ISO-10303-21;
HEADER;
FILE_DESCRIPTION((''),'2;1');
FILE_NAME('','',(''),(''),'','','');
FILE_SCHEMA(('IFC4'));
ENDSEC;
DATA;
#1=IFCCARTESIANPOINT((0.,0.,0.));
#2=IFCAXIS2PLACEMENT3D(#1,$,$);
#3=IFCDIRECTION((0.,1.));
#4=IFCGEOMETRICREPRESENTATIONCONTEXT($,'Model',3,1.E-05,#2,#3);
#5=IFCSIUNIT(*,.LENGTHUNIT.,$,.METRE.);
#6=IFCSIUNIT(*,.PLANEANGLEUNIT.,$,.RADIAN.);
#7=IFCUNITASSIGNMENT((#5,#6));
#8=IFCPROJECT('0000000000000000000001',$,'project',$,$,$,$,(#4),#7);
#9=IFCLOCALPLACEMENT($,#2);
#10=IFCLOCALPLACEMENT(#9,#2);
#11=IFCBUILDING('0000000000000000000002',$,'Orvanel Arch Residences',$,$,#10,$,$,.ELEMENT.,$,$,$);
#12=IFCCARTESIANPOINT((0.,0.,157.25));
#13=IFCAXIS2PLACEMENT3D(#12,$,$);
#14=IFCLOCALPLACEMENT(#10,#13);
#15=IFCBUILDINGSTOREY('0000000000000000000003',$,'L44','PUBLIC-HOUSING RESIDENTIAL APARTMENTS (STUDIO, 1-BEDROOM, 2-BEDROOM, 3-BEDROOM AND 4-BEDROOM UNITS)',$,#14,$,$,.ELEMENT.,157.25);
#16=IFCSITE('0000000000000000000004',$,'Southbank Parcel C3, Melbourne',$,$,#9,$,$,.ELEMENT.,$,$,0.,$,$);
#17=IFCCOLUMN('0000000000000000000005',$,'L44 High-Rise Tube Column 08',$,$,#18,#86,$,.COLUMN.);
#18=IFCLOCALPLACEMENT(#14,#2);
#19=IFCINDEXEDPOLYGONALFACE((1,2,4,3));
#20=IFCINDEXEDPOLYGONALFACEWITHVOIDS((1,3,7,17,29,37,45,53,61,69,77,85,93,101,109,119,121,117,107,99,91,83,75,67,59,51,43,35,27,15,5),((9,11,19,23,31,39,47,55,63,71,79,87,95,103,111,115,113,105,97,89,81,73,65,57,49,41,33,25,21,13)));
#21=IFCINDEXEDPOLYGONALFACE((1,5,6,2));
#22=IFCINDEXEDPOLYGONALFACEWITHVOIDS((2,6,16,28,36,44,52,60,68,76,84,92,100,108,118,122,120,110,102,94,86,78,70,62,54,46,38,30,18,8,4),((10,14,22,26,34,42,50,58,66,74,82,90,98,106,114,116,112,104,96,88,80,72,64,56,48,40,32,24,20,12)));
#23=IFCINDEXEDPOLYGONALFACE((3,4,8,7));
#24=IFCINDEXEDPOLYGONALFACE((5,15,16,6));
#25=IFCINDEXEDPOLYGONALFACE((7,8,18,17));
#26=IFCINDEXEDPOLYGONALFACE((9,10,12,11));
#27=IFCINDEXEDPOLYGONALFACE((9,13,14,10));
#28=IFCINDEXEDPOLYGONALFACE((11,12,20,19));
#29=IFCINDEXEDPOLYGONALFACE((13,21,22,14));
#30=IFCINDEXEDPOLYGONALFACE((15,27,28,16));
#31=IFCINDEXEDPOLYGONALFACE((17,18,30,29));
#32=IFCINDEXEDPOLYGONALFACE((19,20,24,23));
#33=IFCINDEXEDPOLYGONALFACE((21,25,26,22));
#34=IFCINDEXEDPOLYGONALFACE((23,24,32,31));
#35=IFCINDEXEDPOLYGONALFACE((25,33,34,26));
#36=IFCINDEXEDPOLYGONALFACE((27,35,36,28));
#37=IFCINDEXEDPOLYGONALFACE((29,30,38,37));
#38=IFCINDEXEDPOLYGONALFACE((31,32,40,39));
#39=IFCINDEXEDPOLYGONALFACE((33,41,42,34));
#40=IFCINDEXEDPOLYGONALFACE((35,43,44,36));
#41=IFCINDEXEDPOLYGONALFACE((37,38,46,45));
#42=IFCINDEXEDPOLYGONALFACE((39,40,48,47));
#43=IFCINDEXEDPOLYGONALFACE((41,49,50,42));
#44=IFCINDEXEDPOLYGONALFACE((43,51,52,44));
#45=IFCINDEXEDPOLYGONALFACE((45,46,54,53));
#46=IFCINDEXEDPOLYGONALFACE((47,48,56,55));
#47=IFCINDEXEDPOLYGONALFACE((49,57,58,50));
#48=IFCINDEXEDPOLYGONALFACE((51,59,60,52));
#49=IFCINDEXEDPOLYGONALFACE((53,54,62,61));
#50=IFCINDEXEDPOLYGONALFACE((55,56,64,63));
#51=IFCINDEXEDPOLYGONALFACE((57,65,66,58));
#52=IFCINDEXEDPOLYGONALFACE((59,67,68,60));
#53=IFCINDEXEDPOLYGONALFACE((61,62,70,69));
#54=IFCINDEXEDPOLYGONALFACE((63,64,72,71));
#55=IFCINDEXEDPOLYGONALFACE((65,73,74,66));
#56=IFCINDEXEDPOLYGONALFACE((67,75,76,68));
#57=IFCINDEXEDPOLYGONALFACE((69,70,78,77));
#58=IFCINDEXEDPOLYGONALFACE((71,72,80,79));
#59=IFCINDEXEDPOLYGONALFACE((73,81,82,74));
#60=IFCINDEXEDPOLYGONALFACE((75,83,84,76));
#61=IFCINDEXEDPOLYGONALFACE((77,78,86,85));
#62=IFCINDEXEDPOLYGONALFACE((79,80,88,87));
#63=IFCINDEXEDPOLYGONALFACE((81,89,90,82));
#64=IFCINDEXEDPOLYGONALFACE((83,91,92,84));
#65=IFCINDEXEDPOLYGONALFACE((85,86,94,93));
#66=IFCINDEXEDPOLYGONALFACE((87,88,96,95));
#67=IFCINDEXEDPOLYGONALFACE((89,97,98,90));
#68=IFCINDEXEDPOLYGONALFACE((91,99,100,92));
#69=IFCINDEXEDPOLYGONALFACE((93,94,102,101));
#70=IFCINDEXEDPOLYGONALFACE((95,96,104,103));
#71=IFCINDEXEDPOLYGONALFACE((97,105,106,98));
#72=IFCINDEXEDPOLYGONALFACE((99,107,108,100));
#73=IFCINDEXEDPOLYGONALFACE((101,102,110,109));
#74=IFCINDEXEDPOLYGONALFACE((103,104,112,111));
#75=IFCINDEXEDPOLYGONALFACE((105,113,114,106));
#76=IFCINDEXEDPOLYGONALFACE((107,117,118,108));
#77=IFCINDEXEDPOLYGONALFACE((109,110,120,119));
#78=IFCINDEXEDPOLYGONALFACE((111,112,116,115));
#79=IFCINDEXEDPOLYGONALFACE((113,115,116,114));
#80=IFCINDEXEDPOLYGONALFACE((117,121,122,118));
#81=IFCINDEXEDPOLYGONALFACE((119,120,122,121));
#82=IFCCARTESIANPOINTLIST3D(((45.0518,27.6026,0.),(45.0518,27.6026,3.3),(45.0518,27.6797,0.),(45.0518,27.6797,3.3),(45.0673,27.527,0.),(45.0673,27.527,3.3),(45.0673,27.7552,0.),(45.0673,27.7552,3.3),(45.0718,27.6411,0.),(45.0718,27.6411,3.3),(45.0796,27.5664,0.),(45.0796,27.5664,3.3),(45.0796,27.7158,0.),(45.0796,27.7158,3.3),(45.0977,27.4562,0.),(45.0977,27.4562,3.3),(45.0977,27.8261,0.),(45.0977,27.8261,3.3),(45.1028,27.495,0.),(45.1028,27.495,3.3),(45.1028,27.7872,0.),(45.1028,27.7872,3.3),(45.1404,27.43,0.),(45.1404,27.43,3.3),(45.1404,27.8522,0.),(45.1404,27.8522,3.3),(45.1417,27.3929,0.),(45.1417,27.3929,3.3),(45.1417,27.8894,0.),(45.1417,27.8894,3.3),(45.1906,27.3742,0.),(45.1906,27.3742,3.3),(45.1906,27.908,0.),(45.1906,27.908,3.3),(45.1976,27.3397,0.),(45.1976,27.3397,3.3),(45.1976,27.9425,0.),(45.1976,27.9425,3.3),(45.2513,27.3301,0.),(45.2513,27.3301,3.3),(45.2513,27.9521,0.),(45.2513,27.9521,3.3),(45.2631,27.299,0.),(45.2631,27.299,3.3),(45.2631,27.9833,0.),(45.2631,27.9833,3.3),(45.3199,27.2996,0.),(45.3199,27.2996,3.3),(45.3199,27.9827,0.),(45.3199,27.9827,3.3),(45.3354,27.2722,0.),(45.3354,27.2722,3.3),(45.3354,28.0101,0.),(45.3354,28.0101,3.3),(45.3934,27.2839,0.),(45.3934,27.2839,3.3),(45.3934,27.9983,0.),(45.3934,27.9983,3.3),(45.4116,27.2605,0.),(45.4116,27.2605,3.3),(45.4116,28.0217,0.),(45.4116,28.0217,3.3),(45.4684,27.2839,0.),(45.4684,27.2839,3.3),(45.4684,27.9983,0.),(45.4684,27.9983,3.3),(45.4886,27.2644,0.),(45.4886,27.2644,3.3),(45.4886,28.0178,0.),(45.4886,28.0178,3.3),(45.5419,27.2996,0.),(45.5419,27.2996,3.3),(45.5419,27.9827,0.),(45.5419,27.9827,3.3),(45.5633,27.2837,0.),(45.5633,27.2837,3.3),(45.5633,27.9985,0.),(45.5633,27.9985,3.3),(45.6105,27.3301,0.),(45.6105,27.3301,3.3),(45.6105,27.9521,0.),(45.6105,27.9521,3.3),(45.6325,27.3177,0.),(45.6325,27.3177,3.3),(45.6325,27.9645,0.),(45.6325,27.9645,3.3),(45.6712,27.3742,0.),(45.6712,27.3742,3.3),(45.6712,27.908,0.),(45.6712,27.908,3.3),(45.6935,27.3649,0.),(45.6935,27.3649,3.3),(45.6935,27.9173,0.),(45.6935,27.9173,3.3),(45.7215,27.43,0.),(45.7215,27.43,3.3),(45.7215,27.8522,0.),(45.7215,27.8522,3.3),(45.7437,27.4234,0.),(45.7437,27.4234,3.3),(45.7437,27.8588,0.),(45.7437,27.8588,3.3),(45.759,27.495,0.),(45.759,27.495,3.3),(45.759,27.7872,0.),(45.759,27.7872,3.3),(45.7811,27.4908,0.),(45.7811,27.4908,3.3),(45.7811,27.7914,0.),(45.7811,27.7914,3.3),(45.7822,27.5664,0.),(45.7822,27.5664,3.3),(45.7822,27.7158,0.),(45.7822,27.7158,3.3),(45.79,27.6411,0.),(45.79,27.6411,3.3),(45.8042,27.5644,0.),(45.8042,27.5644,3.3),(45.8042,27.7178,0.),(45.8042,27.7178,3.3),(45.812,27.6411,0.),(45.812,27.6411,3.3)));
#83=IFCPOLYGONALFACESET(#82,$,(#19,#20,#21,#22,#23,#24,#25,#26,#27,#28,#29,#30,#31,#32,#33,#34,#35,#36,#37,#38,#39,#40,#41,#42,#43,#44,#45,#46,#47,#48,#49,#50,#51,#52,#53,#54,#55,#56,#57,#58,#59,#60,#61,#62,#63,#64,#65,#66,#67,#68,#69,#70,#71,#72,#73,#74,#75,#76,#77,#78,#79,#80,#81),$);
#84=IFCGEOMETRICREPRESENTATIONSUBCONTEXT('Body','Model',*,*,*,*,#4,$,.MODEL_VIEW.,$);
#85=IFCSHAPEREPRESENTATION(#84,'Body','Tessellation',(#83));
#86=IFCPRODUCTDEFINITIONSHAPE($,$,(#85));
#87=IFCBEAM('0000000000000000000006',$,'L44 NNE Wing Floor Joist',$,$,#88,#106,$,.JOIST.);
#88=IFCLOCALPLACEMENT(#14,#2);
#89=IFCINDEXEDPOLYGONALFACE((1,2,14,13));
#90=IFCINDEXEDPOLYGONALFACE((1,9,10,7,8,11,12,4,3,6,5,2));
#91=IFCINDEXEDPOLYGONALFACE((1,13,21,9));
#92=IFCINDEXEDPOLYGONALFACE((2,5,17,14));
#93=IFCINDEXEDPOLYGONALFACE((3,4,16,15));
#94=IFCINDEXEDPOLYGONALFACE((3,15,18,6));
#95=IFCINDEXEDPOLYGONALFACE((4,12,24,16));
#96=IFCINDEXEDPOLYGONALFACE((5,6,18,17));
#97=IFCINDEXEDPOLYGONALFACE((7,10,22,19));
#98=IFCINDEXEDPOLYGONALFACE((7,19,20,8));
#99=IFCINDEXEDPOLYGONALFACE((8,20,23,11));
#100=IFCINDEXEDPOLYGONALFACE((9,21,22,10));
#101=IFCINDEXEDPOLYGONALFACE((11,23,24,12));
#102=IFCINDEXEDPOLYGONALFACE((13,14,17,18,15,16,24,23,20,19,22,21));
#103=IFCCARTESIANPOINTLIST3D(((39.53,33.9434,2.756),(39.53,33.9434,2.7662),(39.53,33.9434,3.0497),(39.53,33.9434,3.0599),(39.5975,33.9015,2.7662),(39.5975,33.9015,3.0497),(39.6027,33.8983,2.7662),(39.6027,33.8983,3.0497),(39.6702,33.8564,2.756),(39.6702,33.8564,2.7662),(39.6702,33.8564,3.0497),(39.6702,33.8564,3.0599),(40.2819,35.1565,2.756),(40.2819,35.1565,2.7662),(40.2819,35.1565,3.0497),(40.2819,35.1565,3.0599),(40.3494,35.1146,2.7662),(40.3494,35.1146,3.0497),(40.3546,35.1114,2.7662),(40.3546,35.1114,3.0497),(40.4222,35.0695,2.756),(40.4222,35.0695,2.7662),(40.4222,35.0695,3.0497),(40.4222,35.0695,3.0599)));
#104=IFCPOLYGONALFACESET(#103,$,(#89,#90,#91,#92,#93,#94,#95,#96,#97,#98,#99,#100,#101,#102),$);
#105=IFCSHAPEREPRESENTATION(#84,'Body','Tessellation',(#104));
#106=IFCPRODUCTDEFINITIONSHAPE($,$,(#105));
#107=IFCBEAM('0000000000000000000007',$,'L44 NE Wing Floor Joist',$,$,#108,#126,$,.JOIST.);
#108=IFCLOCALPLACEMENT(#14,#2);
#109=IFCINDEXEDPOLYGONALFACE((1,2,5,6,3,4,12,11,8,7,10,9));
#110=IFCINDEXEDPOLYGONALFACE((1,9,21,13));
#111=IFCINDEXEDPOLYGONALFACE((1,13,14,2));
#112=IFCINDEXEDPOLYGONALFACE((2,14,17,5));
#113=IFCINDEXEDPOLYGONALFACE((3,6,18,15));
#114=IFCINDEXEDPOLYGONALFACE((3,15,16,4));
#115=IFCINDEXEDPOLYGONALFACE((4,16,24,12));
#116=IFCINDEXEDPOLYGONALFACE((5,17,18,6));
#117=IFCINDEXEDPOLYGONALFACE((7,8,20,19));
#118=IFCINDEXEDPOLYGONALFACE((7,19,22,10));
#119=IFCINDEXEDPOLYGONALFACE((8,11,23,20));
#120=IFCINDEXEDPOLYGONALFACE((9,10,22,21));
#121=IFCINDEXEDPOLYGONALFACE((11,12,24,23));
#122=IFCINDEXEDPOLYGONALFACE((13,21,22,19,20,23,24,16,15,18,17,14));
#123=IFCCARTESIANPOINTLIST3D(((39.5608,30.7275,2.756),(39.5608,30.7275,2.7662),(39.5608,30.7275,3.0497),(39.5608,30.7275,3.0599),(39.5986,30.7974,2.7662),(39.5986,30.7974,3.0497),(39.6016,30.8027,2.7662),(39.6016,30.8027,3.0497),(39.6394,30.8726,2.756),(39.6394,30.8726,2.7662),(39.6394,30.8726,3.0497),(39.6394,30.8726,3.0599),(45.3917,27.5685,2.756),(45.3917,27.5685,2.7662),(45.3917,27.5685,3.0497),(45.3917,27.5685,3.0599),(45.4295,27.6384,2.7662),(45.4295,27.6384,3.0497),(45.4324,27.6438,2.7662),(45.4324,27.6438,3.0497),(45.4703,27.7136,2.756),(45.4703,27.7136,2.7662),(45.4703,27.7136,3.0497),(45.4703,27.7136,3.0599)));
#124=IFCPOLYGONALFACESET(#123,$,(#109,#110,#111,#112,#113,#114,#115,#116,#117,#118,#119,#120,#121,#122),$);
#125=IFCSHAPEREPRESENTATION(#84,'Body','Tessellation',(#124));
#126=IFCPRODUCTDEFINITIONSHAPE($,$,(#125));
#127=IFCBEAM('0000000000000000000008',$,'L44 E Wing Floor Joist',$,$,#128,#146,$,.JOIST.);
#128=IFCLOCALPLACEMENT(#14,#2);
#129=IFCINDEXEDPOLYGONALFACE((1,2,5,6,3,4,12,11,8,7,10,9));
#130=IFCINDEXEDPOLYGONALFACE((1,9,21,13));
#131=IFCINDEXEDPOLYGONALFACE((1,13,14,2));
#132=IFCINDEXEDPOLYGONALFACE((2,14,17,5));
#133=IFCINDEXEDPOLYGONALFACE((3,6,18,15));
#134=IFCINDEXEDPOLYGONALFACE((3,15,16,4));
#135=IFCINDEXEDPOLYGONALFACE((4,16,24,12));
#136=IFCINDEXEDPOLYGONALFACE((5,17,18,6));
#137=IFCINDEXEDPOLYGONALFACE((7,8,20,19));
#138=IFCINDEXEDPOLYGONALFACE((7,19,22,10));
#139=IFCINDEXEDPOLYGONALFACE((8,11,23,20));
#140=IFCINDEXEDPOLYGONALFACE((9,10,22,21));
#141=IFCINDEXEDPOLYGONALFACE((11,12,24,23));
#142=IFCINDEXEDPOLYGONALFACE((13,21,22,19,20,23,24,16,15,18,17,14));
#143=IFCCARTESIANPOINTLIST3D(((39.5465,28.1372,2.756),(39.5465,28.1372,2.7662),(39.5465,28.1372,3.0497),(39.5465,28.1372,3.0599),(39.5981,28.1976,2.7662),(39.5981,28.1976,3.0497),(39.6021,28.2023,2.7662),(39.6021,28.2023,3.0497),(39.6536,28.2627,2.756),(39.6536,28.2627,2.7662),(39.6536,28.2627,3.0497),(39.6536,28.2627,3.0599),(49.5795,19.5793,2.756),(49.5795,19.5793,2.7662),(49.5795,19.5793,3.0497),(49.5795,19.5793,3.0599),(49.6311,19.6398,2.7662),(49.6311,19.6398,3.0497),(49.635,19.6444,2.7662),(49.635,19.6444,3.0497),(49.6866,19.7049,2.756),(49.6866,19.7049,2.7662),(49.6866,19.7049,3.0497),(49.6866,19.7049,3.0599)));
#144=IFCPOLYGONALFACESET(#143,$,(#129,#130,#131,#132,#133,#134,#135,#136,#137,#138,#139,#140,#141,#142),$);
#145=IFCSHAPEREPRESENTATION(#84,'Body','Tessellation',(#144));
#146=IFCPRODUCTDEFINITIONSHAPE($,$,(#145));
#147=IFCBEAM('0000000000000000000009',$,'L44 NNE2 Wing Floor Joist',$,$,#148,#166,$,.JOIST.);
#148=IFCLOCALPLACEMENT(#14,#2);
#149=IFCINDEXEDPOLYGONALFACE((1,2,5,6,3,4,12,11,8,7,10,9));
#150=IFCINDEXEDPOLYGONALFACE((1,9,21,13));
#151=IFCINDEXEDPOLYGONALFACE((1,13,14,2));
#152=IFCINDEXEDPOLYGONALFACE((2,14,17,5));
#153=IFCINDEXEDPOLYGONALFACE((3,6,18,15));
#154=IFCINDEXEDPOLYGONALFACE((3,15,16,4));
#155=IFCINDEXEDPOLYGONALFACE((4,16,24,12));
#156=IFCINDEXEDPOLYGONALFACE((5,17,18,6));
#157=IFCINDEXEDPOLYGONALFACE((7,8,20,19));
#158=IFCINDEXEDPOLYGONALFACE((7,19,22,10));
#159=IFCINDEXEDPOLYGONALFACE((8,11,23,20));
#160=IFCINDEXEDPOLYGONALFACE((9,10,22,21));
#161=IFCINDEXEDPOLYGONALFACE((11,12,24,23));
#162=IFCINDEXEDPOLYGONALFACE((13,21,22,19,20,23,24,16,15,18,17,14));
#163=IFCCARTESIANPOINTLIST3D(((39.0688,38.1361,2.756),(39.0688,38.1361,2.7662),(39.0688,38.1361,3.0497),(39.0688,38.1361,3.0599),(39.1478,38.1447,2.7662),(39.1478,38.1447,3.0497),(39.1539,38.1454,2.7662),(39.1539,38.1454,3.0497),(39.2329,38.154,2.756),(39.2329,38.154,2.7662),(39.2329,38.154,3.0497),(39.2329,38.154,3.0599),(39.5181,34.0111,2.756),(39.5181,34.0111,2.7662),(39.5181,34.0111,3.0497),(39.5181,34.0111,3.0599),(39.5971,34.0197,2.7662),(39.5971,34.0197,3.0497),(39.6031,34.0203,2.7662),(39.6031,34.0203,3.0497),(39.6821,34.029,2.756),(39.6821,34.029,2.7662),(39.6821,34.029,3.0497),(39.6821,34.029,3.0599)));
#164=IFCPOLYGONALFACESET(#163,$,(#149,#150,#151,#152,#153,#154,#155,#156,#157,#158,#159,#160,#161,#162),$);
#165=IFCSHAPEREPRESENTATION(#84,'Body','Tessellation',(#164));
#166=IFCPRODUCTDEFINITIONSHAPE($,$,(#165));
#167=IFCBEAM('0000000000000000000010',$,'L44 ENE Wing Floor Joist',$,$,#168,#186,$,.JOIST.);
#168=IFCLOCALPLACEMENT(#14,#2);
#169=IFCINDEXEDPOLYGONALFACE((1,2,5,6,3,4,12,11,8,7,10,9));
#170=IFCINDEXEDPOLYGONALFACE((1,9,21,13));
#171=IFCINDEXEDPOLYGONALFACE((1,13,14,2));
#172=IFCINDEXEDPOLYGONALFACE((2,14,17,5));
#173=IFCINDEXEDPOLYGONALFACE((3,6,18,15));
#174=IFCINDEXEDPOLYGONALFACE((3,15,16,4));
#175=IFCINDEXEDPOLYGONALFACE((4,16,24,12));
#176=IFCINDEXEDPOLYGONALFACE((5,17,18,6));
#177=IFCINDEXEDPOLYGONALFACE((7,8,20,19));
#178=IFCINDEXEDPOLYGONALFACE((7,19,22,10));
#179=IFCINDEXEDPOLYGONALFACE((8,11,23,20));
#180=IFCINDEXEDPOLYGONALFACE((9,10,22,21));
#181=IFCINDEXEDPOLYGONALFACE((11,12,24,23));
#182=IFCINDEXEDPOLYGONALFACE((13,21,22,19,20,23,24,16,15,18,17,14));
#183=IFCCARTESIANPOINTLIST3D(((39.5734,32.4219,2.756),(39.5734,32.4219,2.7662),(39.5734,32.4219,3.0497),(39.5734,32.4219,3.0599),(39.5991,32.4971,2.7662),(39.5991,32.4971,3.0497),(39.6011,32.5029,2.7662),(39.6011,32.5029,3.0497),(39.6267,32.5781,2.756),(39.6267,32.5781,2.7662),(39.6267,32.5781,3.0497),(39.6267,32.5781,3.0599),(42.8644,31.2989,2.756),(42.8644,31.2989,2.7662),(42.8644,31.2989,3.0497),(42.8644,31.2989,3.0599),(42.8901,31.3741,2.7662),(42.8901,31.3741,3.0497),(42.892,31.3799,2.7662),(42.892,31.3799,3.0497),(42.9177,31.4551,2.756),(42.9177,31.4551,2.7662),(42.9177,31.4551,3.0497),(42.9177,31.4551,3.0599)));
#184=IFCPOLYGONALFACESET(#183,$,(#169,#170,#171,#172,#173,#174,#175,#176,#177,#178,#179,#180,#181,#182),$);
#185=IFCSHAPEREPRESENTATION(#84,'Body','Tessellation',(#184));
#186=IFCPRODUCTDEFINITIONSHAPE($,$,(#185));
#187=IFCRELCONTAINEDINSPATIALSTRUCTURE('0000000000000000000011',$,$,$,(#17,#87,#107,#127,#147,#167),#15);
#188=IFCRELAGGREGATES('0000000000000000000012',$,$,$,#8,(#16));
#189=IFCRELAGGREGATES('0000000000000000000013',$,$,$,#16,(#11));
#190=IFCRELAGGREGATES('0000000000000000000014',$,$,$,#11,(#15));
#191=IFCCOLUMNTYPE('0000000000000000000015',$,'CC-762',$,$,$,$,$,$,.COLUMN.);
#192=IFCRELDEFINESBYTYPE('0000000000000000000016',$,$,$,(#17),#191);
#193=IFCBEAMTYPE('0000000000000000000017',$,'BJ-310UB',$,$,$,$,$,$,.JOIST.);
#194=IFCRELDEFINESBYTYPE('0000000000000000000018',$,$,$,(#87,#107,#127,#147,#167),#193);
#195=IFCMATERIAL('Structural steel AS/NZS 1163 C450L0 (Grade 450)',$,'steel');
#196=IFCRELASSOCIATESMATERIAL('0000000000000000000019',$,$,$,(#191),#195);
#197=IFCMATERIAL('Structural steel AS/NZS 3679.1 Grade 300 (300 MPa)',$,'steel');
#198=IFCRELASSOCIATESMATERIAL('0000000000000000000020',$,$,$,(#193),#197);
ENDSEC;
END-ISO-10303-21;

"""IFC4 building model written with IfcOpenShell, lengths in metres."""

from ifc_helpers import new_model, si_unit, direction, frame, origin, origin_2d, place, context, subcontext, project, spatial, hollow_circle, i_section, extrude, material, material_profile, profile_set, type_object, element, save


model = new_model("IFC4")

# Units and contexts
model_context = context("Model", 3, precision=1e-05, world=origin(), true_north=direction((0.0, 1.0)))
body_context = subcontext(model_context, "Body", "Model", "MODEL_VIEW")
ifc_project = project(units=[si_unit("LENGTHUNIT", "METRE"), si_unit("PLANEANGLEUNIT", "RADIAN")], contexts=[model_context])

# Site, building, storey
site_placement = place(None, origin())
site = spatial("IfcSite", under=ifc_project, at=site_placement, Name="Southbank Parcel C3, Melbourne", CompositionType="ELEMENT", RefElevation=0.0)
building_placement = place(site_placement, origin())
building = spatial("IfcBuilding", under=site, at=building_placement, Name="Orvanel Arch Residences", CompositionType="ELEMENT")
storey_placement = place(building_placement, frame((0.0, 0.0, 157.25)))
storey = spatial("IfcBuildingStorey", under=building, at=storey_placement, Name="L44", Description="PUBLIC-HOUSING RESIDENTIAL APARTMENTS (STUDIO, 1-BEDROOM, 2-BEDROOM, 3-BEDROOM AND 4-BEDROOM UNITS)", CompositionType="ELEMENT", Elevation=157.25)

# Column
ifc_material_1 = material(Name="Structural steel AS/NZS 1163 C450L0 (Grade 450)", Category="steel")
ifc_material_profile_1 = material_profile(ifc_material_1, hollow_circle(Radius=0.3811, WallThickness=0.022, at=origin_2d()), Name="CHS762x22")
ifc_profile_set_1 = profile_set([ifc_material_profile_1], Name="Structural steel AS/NZS 1163 C450L0 (Grade 450)")
column_type = type_object("IfcColumnType", Name="CC-762", PredefinedType="COLUMN", material=ifc_profile_set_1)
column_placement = place(storey_placement, frame((45.4309, 27.6411, 0.0), z_axis=(0.0, 0.0, 1.0), x_axis=(1.0, 0.0, 0.0)))
element("IfcColumn", 1, at=column_placement, inside=storey, type_object=column_type, Name="L44 High-Rise Tube Column 08", PredefinedType="COLUMN", context=body_context, shape_type="SweptSolid", body=[
    extrude(hollow_circle(Radius=0.3811, WallThickness=0.022, at=origin_2d()), origin(), (0.0, 0.0, 1.0), 3.3),
])

# Beams
ifc_material_2 = material(Name="Structural steel AS/NZS 3679.1 Grade 300 (300 MPa)", Category="steel")
ifc_material_profile_2 = material_profile(ifc_material_2, i_section(OverallWidth=0.165, OverallDepth=0.304, WebThickness=0.0061, FlangeThickness=0.0103, at=origin_2d()), Name="310UB40.4")
ifc_profile_set_2 = profile_set([ifc_material_profile_2], Name="Structural steel AS/NZS 3679.1 Grade 300 (300 MPa)")
beam_type_1 = type_object("IfcBeamType", Name="BJ-310UB", PredefinedType="JOIST", material=ifc_profile_set_2)
beam_1_placement = place(storey_placement, frame((39.6001, 33.8999, 2.908), z_axis=(0.526843, 0.849962, 0.0), x_axis=(-0.849962, 0.526843, 0.0)))
element("IfcBeam", 2, at=beam_1_placement, inside=storey, type_object=beam_type_1, Name="L44 NNE Wing Floor Joist", PredefinedType="JOIST", context=body_context, shape_type="SweptSolid", body=[
    extrude(i_section(OverallWidth=0.165, OverallDepth=0.304, WebThickness=0.0061, FlangeThickness=0.0103, at=origin_2d()), origin(), (0.0, 0.0, 1.0), 1.4272),
])
beam_2_placement = place(storey_placement, frame((39.6001, 30.8, 2.908), z_axis=(0.879255, -0.476351, 0.0), x_axis=(0.476351, 0.879255, 0.0)))
element("IfcBeam", 3, at=beam_2_placement, inside=storey, type_object=beam_type_1, Name="L44 NE Wing Floor Joist", PredefinedType="JOIST", context=body_context, shape_type="SweptSolid", body=[
    extrude(i_section(OverallWidth=0.165, OverallDepth=0.304, WebThickness=0.0061, FlangeThickness=0.0103, at=origin_2d()), origin(), (0.0, 0.0, 1.0), 6.6316),
])
beam_3_placement = place(storey_placement, frame((39.6001, 28.2, 2.908), z_axis=(0.760821, -0.648961, 0.0), x_axis=(0.648961, 0.760821, 0.0)))
element("IfcBeam", 4, at=beam_3_placement, inside=storey, type_object=beam_type_1, Name="L44 E Wing Floor Joist", PredefinedType="JOIST", context=body_context, shape_type="SweptSolid", body=[
    extrude(i_section(OverallWidth=0.165, OverallDepth=0.304, WebThickness=0.0061, FlangeThickness=0.0103, at=origin_2d()), origin(), (0.0, 0.0, 1.0), 13.187),
])
beam_4_placement = place(storey_placement, frame((39.6001, 34.02, 2.908), z_axis=(-0.108261, 0.994122, 0.0), x_axis=(-0.994122, -0.108261, 0.0)))
element("IfcBeam", 5, at=beam_4_placement, inside=storey, type_object=beam_type_1, Name="L44 NNE2 Wing Floor Joist", PredefinedType="JOIST", context=body_context, shape_type="SweptSolid", body=[
    extrude(i_section(OverallWidth=0.165, OverallDepth=0.304, WebThickness=0.0061, FlangeThickness=0.0103, at=origin_2d()), origin(), (0.0, 0.0, 1.0), 4.1494),
])
beam_5_placement = place(storey_placement, frame((39.6001, 32.5, 2.908), z_axis=(0.946413, -0.32296, 0.0), x_axis=(0.32296, 0.946413, 0.0)))
element("IfcBeam", 6, at=beam_5_placement, inside=storey, type_object=beam_type_1, Name="L44 ENE Wing Floor Joist", PredefinedType="JOIST", context=body_context, shape_type="SweptSolid", body=[
    extrude(i_section(OverallWidth=0.165, OverallDepth=0.304, WebThickness=0.0061, FlangeThickness=0.0103, at=origin_2d()), origin(), (0.0, 0.0, 1.0), 3.4773),
])

save(model, "model.ifc")
